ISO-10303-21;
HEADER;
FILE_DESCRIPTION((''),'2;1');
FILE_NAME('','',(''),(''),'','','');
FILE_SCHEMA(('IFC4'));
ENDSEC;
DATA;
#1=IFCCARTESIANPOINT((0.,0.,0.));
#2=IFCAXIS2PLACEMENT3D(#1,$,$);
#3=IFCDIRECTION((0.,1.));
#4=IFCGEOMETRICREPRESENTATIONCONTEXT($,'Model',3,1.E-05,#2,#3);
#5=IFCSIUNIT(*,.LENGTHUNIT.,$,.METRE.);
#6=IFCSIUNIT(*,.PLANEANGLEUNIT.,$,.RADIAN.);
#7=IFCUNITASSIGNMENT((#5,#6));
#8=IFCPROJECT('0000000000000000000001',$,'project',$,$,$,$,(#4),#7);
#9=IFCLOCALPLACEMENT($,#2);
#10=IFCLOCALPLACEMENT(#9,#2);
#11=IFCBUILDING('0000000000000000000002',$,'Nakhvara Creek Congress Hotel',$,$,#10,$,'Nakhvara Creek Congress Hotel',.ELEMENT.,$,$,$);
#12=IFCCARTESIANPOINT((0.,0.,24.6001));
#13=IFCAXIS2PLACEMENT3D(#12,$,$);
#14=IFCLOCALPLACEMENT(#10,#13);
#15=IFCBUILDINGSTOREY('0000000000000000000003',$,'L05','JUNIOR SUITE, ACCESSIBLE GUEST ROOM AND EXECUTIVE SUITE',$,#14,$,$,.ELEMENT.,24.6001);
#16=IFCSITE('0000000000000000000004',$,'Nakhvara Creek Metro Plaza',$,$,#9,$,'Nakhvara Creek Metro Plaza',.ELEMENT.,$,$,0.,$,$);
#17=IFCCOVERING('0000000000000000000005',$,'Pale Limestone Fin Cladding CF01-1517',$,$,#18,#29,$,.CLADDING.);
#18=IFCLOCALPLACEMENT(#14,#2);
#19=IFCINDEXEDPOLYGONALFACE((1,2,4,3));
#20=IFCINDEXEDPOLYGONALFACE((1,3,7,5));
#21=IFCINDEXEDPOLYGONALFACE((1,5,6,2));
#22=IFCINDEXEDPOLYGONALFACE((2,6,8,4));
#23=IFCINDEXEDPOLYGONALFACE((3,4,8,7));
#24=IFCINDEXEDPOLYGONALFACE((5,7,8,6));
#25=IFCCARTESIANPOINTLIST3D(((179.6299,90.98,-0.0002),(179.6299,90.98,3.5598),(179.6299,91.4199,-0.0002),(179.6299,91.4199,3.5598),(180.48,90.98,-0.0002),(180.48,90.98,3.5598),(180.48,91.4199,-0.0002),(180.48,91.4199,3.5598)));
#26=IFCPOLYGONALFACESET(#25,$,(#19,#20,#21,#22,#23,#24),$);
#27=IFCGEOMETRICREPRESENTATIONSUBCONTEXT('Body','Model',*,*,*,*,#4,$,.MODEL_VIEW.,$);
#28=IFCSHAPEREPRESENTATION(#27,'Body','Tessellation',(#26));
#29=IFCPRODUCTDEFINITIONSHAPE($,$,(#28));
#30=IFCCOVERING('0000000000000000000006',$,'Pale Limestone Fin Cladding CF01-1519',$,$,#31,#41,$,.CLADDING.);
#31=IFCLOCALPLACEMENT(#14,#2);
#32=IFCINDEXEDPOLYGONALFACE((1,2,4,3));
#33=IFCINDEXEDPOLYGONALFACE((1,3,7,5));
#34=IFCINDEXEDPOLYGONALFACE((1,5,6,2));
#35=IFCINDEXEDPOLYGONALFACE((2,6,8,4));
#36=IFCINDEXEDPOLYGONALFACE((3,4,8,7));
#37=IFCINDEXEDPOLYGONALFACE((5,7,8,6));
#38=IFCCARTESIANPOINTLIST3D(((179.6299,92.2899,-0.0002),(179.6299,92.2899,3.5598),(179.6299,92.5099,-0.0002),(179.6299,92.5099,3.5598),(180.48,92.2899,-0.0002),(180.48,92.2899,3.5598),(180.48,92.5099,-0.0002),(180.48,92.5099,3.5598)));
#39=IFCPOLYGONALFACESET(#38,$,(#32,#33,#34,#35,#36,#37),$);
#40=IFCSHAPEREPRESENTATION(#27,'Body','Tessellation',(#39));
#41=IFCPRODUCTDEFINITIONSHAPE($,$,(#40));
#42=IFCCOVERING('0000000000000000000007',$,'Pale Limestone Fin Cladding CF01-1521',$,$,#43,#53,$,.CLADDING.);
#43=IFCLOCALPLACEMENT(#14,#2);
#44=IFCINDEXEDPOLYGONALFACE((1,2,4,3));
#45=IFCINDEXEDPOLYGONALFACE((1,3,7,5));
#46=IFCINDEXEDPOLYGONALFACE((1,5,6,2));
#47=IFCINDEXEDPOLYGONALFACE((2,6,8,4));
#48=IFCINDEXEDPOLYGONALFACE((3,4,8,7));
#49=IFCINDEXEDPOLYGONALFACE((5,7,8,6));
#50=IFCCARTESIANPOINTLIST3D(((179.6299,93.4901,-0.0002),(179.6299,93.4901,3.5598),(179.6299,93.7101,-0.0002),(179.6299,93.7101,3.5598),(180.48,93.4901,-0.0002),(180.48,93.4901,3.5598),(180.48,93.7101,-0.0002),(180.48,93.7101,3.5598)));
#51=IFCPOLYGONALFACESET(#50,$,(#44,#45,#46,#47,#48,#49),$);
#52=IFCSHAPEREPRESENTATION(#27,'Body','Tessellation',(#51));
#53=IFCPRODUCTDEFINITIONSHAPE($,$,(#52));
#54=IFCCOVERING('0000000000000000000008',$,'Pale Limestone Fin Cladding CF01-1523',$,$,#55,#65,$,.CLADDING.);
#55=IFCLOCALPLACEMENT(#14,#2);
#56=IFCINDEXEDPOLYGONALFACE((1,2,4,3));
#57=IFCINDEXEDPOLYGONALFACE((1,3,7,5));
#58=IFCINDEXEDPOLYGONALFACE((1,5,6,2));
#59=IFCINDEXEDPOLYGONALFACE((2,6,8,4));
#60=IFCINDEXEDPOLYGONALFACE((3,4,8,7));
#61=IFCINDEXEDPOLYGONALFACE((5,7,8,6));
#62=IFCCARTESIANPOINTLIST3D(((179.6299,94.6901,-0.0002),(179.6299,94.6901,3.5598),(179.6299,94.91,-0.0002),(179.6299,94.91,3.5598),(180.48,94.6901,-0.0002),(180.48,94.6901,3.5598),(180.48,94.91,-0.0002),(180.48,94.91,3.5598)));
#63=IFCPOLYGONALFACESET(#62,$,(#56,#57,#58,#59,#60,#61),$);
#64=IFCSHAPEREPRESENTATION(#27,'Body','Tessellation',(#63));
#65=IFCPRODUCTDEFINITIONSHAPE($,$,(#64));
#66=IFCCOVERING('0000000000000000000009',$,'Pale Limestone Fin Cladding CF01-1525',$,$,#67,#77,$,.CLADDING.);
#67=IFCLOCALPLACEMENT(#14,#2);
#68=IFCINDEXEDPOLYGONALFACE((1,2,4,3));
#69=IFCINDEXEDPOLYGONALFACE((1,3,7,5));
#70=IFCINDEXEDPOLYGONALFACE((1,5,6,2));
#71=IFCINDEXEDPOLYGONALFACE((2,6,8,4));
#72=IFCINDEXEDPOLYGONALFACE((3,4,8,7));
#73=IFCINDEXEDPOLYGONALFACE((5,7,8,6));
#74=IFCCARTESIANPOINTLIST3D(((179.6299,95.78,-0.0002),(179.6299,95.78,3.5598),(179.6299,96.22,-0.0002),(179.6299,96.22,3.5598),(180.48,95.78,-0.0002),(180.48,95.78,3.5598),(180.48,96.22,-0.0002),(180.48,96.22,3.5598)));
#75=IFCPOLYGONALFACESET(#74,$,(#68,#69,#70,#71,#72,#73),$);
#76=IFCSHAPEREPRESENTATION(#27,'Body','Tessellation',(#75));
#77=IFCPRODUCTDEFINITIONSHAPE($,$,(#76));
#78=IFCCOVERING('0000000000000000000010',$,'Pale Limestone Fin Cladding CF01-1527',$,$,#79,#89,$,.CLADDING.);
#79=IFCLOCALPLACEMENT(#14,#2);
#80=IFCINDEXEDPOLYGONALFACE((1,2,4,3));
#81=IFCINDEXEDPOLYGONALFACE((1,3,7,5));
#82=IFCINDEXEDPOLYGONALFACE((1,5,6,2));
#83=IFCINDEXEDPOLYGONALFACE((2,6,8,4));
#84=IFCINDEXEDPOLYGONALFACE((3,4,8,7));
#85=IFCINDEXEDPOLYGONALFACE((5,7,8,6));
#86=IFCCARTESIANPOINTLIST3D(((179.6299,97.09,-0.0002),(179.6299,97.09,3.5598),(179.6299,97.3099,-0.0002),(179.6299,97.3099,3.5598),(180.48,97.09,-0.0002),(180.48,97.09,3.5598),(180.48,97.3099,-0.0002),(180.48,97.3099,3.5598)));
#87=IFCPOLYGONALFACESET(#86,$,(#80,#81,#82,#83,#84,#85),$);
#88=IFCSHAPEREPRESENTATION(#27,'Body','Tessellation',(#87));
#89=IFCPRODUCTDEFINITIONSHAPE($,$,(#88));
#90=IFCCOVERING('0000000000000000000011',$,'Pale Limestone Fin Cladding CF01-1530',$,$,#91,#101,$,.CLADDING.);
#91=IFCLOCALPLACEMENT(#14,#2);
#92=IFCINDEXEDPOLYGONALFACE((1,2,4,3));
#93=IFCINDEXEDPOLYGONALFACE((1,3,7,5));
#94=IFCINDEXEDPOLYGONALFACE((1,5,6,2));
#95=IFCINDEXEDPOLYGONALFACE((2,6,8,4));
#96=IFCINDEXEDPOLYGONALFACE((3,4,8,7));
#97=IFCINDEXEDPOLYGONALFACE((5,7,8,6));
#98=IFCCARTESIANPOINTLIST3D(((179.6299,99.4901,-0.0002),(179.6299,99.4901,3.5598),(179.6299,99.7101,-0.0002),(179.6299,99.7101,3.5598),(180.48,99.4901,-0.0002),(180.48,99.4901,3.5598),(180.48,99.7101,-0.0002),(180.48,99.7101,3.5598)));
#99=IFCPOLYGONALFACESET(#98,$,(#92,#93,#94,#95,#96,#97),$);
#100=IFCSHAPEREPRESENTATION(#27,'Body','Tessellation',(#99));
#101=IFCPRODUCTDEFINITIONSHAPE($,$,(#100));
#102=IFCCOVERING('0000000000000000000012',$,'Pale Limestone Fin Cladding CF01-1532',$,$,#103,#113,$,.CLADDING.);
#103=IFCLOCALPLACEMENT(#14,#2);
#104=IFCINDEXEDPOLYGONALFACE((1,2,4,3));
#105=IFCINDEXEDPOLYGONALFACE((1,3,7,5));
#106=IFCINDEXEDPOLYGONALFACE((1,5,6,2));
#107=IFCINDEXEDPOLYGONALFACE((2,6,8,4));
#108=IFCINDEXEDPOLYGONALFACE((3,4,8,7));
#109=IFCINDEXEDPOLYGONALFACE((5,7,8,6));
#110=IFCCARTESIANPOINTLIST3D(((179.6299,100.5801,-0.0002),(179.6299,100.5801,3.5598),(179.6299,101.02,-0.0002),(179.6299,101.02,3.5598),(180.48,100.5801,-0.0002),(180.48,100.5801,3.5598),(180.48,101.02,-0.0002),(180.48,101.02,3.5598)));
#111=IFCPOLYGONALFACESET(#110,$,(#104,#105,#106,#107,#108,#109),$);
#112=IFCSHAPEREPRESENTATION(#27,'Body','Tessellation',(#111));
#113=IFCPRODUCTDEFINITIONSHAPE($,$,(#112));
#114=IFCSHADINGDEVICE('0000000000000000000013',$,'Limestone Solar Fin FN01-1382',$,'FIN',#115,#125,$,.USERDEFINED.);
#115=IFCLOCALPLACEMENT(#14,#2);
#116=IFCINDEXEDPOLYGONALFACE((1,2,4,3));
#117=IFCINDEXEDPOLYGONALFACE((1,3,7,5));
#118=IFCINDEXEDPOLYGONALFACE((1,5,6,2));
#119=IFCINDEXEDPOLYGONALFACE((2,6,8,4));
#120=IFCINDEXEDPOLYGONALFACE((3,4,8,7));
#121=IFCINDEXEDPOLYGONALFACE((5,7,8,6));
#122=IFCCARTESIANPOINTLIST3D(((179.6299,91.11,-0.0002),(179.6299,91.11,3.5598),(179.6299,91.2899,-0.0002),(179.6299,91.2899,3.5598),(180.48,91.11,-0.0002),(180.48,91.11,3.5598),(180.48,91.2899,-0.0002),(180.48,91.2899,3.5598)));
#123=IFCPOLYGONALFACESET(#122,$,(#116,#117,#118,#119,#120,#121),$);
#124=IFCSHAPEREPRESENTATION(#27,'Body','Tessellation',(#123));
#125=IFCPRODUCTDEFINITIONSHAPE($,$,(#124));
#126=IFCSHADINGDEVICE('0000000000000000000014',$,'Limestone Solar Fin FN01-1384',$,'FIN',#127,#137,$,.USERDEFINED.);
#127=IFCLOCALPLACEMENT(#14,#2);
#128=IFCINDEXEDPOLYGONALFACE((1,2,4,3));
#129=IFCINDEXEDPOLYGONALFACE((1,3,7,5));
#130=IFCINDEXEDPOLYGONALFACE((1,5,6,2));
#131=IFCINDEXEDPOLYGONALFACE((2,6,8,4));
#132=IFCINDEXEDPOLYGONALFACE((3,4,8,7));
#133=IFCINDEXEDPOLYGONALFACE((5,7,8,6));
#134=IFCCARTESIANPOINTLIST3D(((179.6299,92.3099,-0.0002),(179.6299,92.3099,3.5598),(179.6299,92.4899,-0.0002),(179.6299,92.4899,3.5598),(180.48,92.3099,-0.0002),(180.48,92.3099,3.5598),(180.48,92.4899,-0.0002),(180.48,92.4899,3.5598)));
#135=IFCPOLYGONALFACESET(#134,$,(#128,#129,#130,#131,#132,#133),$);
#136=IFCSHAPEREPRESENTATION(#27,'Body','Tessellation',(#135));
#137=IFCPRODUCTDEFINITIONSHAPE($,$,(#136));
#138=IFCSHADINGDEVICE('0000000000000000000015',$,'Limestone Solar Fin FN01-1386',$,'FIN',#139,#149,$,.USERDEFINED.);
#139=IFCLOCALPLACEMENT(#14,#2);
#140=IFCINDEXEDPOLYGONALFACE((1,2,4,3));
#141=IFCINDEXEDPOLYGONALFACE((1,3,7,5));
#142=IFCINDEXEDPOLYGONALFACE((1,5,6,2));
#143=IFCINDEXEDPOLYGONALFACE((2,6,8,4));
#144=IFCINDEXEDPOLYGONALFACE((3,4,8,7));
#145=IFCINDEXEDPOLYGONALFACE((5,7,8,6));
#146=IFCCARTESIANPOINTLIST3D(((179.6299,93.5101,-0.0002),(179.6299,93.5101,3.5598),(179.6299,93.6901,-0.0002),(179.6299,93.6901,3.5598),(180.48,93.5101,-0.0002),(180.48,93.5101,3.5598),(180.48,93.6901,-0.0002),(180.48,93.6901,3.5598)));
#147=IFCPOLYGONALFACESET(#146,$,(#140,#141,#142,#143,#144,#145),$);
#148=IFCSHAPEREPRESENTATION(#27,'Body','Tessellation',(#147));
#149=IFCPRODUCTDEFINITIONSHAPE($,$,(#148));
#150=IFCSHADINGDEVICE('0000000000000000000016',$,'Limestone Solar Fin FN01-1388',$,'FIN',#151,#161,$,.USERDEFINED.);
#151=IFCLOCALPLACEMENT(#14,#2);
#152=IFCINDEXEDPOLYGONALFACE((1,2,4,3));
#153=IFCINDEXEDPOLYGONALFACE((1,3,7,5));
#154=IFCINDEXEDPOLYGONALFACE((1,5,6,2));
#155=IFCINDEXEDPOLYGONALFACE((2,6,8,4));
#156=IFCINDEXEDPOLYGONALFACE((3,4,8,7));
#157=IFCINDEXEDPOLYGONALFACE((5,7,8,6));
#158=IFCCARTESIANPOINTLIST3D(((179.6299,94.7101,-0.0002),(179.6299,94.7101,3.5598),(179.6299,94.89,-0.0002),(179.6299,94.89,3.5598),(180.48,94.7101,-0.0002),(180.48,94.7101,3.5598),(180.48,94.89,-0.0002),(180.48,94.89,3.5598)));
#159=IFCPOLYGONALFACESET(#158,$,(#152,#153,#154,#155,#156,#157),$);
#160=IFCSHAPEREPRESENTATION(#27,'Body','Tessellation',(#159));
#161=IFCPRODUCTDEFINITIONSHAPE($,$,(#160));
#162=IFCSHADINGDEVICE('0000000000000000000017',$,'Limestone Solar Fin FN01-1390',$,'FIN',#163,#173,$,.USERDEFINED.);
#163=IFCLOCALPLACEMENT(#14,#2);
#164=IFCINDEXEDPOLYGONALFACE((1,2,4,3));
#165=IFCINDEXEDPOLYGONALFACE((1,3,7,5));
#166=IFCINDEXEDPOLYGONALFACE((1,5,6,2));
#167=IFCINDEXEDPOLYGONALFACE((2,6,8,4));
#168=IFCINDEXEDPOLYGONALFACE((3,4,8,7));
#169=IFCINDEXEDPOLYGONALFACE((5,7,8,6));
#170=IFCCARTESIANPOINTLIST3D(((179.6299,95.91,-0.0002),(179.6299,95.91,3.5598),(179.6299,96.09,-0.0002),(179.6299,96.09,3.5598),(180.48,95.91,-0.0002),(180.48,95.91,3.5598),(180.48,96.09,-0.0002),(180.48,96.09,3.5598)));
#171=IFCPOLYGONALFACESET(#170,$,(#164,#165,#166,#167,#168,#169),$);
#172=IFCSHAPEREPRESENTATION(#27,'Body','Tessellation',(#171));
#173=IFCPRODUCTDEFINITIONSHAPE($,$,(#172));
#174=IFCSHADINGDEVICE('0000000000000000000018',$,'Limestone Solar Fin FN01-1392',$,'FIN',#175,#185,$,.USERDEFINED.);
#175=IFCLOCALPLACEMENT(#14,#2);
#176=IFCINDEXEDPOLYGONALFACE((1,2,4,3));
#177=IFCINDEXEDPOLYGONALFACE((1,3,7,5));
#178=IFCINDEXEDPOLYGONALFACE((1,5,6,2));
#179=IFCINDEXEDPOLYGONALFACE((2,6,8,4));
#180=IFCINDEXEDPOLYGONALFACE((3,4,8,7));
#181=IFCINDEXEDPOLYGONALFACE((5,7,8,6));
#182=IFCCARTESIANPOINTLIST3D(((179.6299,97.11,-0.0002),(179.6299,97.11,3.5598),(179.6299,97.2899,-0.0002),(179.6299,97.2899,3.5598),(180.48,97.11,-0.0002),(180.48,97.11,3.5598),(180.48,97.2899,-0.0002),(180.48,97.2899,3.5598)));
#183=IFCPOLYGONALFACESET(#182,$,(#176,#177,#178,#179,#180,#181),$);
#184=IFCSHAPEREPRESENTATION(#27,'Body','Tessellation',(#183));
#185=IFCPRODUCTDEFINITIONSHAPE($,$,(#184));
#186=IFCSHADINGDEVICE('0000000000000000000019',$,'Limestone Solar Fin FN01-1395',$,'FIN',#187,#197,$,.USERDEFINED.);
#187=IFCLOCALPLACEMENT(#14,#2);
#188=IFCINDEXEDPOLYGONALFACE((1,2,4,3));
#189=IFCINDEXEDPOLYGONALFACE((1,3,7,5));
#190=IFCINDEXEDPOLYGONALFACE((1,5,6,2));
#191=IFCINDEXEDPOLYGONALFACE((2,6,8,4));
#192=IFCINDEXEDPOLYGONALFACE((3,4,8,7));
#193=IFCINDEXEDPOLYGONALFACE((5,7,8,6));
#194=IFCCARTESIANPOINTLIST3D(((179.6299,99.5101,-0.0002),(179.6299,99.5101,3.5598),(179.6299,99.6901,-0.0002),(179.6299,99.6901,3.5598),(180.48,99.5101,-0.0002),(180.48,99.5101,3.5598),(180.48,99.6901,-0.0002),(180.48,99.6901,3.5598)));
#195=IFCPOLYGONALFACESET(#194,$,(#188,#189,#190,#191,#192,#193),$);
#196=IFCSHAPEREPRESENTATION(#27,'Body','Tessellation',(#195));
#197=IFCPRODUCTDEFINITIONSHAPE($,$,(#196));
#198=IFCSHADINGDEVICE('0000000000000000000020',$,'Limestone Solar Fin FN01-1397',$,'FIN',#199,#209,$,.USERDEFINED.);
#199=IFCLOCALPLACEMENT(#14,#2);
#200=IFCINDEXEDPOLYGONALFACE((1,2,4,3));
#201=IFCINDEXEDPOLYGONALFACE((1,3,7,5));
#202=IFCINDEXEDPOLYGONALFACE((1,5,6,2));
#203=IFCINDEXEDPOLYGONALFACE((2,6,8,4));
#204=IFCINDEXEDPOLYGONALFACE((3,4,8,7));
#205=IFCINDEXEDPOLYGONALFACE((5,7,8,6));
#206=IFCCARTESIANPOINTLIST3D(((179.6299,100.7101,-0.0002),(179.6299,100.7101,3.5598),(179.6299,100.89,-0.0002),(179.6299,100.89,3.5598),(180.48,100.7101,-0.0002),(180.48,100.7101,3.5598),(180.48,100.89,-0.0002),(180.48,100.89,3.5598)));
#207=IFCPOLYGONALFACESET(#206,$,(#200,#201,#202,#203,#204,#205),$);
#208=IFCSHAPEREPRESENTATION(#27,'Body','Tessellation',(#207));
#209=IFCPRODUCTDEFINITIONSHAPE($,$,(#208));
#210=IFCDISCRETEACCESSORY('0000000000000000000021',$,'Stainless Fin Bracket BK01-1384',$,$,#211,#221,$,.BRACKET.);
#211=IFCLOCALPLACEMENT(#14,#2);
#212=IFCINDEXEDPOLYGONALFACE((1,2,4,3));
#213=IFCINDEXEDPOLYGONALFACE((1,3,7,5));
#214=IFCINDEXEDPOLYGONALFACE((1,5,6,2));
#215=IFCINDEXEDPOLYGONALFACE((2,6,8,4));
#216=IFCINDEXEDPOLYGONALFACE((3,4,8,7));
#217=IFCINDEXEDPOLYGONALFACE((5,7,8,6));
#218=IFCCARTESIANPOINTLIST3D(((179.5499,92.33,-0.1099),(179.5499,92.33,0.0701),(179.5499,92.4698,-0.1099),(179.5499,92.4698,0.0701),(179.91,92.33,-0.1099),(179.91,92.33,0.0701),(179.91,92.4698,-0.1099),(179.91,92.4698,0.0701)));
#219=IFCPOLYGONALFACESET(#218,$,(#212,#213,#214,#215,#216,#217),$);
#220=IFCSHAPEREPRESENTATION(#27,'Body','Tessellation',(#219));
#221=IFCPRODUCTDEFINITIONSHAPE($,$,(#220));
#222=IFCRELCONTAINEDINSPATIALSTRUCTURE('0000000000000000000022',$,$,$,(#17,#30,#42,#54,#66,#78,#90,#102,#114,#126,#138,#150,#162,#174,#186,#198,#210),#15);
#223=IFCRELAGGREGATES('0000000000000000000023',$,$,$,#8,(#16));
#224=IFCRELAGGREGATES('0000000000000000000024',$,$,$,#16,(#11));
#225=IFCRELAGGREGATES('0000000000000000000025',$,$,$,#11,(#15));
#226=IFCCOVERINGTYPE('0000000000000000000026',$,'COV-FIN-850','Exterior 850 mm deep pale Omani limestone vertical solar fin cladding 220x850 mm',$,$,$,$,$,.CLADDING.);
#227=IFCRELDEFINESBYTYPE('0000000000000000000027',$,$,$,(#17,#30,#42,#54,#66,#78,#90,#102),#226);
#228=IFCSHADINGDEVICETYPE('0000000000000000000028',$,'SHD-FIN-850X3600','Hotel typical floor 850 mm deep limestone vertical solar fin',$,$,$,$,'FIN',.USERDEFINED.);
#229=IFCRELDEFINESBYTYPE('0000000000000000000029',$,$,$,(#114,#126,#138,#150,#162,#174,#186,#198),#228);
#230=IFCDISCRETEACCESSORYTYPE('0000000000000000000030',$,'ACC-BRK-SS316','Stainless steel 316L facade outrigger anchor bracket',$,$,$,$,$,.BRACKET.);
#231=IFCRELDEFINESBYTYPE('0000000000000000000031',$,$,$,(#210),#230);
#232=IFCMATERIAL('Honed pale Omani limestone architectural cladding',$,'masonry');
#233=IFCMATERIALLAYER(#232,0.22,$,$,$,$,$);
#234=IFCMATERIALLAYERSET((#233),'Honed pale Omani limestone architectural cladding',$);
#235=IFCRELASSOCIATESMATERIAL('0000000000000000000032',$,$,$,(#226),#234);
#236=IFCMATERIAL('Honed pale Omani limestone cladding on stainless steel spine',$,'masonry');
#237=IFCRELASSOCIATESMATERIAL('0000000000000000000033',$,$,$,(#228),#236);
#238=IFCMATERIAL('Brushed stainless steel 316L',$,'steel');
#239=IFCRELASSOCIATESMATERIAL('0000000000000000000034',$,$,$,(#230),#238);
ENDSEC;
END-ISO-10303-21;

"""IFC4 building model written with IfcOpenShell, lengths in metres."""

from ifc_helpers import new_model, si_unit, direction, frame, origin, origin_2d, place, context, subcontext, project, spatial, rectangle, extrude, material, layer, layer_set, type_object, element, save


model = new_model("IFC4")

# Units and contexts
model_context = context("Model", 3, precision=1e-05, world=origin(), true_north=direction((0.0, 1.0)))
body_context = subcontext(model_context, "Body", "Model", "MODEL_VIEW")
ifc_project = project(units=[si_unit("LENGTHUNIT", "METRE"), si_unit("PLANEANGLEUNIT", "RADIAN")], contexts=[model_context])

# Site, building, storey
site_placement = place(None, origin())
site = spatial("IfcSite", under=ifc_project, at=site_placement, Name="Nakhvara Creek Metro Plaza", LongName="Nakhvara Creek Metro Plaza", CompositionType="ELEMENT", RefElevation=0.0)
building_placement = place(site_placement, origin())
building = spatial("IfcBuilding", under=site, at=building_placement, Name="Nakhvara Creek Congress Hotel", LongName="Nakhvara Creek Congress Hotel", CompositionType="ELEMENT")
storey_placement = place(building_placement, frame((0.0, 0.0, 24.6001)))
storey = spatial("IfcBuildingStorey", under=building, at=storey_placement, Name="L05", Description="JUNIOR SUITE, ACCESSIBLE GUEST ROOM AND EXECUTIVE SUITE", CompositionType="ELEMENT", Elevation=24.6001)

# Coverings
ifc_material_1 = material(Name="Honed pale Omani limestone architectural cladding", Category="masonry")
ifc_layer = layer(ifc_material_1, 0.22)
ifc_layer_set = layer_set([ifc_layer], Name="Honed pale Omani limestone architectural cladding")
covering_type = type_object("IfcCoveringType", Name="COV-FIN-850", Description="Exterior 850 mm deep pale Omani limestone vertical solar fin cladding 220x850 mm", PredefinedType="CLADDING", material=ifc_layer_set)
covering_1_placement = place(storey_placement, frame((180.0549, 91.2, -0.0002), z_axis=(0.0, 0.0, 1.0), x_axis=(0.0, 1.0, 0.0)))
element("IfcCovering", 1, at=covering_1_placement, inside=storey, type_object=covering_type, Name="Pale Limestone Fin Cladding CF01-1517", PredefinedType="CLADDING", context=body_context, shape_type="SweptSolid", body=[
    extrude(rectangle(XDim=0.4399, YDim=0.8501, at=origin_2d()), origin(), (0.0, 0.0, 1.0), 3.5601),
])
for number, where, z_axis, x_axis, name in (
    (2, (180.0549, 92.3999, -0.0002), (0.0, 0.0, 1.0), (0.0, 1.0, 0.0), "Pale Limestone Fin Cladding CF01-1519"),
    (3, (180.0549, 93.6001, -0.0002), (0.0, 0.0, 1.0), (0.0, 1.0, 0.0), "Pale Limestone Fin Cladding CF01-1521"),
    (4, (180.0549, 94.8, -0.0002), (0.0, 0.0, 1.0), (0.0, 1.0, 0.0), "Pale Limestone Fin Cladding CF01-1523"),
):
    element("IfcCovering", number, at=place(storey_placement, frame(where, z_axis=z_axis, x_axis=x_axis)), inside=storey, type_object=covering_type, Name=name, PredefinedType="CLADDING", context=body_context, shape_type="SweptSolid", body=[
        extrude(rectangle(XDim=0.22, YDim=0.8501, at=origin_2d()), origin(), (0.0, 0.0, 1.0), 3.5601),
    ])
covering_2_placement = place(storey_placement, frame((180.0549, 96.0, -0.0002), z_axis=(0.0, 0.0, 1.0), x_axis=(0.0, 1.0, 0.0)))
element("IfcCovering", 5, at=covering_2_placement, inside=storey, type_object=covering_type, Name="Pale Limestone Fin Cladding CF01-1525", PredefinedType="CLADDING", context=body_context, shape_type="SweptSolid", body=[
    extrude(rectangle(XDim=0.4399, YDim=0.8501, at=origin_2d()), origin(), (0.0, 0.0, 1.0), 3.5601),
])
for number, where, z_axis, x_axis, name in (
    (6, (180.0549, 97.2, -0.0002), (0.0, 0.0, 1.0), (0.0, 1.0, 0.0), "Pale Limestone Fin Cladding CF01-1527"),
    (7, (180.0549, 99.6001, -0.0002), (0.0, 0.0, 1.0), (0.0, 1.0, 0.0), "Pale Limestone Fin Cladding CF01-1530"),
):
    element("IfcCovering", number, at=place(storey_placement, frame(where, z_axis=z_axis, x_axis=x_axis)), inside=storey, type_object=covering_type, Name=name, PredefinedType="CLADDING", context=body_context, shape_type="SweptSolid", body=[
        extrude(rectangle(XDim=0.22, YDim=0.8501, at=origin_2d()), origin(), (0.0, 0.0, 1.0), 3.5601),
    ])
covering_3_placement = place(storey_placement, frame((180.0549, 100.8, -0.0002), z_axis=(0.0, 0.0, 1.0), x_axis=(0.0, 1.0, 0.0)))
element("IfcCovering", 8, at=covering_3_placement, inside=storey, type_object=covering_type, Name="Pale Limestone Fin Cladding CF01-1532", PredefinedType="CLADDING", context=body_context, shape_type="SweptSolid", body=[
    extrude(rectangle(XDim=0.4399, YDim=0.8501, at=origin_2d()), origin(), (0.0, 0.0, 1.0), 3.5601),
])

# Shading devices
ifc_material_2 = material(Name="Honed pale Omani limestone cladding on stainless steel spine", Category="masonry")
shading_device_type = type_object("IfcShadingDeviceType", Name="SHD-FIN-850X3600", Description="Hotel typical floor 850 mm deep limestone vertical solar fin", ElementType="FIN", PredefinedType="USERDEFINED", material=ifc_material_2)
for number, where, z_axis, x_axis, name in (
    (9, (180.0549, 91.2, -0.0002), (0.0, 0.0, 1.0), (0.0, 1.0, 0.0), "Limestone Solar Fin FN01-1382"),
    (10, (180.0549, 92.3999, -0.0002), (0.0, 0.0, 1.0), (0.0, 1.0, 0.0), "Limestone Solar Fin FN01-1384"),
    (11, (180.0549, 93.6001, -0.0002), (0.0, 0.0, 1.0), (0.0, 1.0, 0.0), "Limestone Solar Fin FN01-1386"),
    (12, (180.0549, 94.8, -0.0002), (0.0, 0.0, 1.0), (0.0, 1.0, 0.0), "Limestone Solar Fin FN01-1388"),
    (13, (180.0549, 96.0, -0.0002), (0.0, 0.0, 1.0), (0.0, 1.0, 0.0), "Limestone Solar Fin FN01-1390"),
    (14, (180.0549, 97.2, -0.0002), (0.0, 0.0, 1.0), (0.0, 1.0, 0.0), "Limestone Solar Fin FN01-1392"),
    (15, (180.0549, 99.6001, -0.0002), (0.0, 0.0, 1.0), (0.0, 1.0, 0.0), "Limestone Solar Fin FN01-1395"),
    (16, (180.0549, 100.8, -0.0002), (0.0, 0.0, 1.0), (0.0, 1.0, 0.0), "Limestone Solar Fin FN01-1397"),
):
    element("IfcShadingDevice", number, at=place(storey_placement, frame(where, z_axis=z_axis, x_axis=x_axis)), inside=storey, type_object=shading_device_type, Name=name, ObjectType="FIN", PredefinedType="USERDEFINED", context=body_context, shape_type="SweptSolid", body=[
        extrude(rectangle(XDim=0.1799, YDim=0.8501, at=origin_2d()), origin(), (0.0, 0.0, 1.0), 3.5601),
    ])

# Discrete accessory
ifc_material_3 = material(Name="Brushed stainless steel 316L", Category="steel")
discrete_accessory_type = type_object("IfcDiscreteAccessoryType", Name="ACC-BRK-SS316", Description="Stainless steel 316L facade outrigger anchor bracket", PredefinedType="BRACKET", material=ifc_material_3)
for number, where, z_axis, x_axis, name in (
    (17, (179.73, 92.3999, -0.1099), (0.0, 0.0, 1.0), (0.0, 1.0, 0.0), "Stainless Fin Bracket BK01-1384"),
):
    element("IfcDiscreteAccessory", number, at=place(storey_placement, frame(where, z_axis=z_axis, x_axis=x_axis)), inside=storey, type_object=discrete_accessory_type, Name=name, PredefinedType="BRACKET", context=body_context, shape_type="SweptSolid", body=[
        extrude(rectangle(XDim=0.1399, YDim=0.3601, at=origin_2d()), origin(), (0.0, 0.0, 1.0), 0.1799),
    ])

save(model, "model.ifc")
